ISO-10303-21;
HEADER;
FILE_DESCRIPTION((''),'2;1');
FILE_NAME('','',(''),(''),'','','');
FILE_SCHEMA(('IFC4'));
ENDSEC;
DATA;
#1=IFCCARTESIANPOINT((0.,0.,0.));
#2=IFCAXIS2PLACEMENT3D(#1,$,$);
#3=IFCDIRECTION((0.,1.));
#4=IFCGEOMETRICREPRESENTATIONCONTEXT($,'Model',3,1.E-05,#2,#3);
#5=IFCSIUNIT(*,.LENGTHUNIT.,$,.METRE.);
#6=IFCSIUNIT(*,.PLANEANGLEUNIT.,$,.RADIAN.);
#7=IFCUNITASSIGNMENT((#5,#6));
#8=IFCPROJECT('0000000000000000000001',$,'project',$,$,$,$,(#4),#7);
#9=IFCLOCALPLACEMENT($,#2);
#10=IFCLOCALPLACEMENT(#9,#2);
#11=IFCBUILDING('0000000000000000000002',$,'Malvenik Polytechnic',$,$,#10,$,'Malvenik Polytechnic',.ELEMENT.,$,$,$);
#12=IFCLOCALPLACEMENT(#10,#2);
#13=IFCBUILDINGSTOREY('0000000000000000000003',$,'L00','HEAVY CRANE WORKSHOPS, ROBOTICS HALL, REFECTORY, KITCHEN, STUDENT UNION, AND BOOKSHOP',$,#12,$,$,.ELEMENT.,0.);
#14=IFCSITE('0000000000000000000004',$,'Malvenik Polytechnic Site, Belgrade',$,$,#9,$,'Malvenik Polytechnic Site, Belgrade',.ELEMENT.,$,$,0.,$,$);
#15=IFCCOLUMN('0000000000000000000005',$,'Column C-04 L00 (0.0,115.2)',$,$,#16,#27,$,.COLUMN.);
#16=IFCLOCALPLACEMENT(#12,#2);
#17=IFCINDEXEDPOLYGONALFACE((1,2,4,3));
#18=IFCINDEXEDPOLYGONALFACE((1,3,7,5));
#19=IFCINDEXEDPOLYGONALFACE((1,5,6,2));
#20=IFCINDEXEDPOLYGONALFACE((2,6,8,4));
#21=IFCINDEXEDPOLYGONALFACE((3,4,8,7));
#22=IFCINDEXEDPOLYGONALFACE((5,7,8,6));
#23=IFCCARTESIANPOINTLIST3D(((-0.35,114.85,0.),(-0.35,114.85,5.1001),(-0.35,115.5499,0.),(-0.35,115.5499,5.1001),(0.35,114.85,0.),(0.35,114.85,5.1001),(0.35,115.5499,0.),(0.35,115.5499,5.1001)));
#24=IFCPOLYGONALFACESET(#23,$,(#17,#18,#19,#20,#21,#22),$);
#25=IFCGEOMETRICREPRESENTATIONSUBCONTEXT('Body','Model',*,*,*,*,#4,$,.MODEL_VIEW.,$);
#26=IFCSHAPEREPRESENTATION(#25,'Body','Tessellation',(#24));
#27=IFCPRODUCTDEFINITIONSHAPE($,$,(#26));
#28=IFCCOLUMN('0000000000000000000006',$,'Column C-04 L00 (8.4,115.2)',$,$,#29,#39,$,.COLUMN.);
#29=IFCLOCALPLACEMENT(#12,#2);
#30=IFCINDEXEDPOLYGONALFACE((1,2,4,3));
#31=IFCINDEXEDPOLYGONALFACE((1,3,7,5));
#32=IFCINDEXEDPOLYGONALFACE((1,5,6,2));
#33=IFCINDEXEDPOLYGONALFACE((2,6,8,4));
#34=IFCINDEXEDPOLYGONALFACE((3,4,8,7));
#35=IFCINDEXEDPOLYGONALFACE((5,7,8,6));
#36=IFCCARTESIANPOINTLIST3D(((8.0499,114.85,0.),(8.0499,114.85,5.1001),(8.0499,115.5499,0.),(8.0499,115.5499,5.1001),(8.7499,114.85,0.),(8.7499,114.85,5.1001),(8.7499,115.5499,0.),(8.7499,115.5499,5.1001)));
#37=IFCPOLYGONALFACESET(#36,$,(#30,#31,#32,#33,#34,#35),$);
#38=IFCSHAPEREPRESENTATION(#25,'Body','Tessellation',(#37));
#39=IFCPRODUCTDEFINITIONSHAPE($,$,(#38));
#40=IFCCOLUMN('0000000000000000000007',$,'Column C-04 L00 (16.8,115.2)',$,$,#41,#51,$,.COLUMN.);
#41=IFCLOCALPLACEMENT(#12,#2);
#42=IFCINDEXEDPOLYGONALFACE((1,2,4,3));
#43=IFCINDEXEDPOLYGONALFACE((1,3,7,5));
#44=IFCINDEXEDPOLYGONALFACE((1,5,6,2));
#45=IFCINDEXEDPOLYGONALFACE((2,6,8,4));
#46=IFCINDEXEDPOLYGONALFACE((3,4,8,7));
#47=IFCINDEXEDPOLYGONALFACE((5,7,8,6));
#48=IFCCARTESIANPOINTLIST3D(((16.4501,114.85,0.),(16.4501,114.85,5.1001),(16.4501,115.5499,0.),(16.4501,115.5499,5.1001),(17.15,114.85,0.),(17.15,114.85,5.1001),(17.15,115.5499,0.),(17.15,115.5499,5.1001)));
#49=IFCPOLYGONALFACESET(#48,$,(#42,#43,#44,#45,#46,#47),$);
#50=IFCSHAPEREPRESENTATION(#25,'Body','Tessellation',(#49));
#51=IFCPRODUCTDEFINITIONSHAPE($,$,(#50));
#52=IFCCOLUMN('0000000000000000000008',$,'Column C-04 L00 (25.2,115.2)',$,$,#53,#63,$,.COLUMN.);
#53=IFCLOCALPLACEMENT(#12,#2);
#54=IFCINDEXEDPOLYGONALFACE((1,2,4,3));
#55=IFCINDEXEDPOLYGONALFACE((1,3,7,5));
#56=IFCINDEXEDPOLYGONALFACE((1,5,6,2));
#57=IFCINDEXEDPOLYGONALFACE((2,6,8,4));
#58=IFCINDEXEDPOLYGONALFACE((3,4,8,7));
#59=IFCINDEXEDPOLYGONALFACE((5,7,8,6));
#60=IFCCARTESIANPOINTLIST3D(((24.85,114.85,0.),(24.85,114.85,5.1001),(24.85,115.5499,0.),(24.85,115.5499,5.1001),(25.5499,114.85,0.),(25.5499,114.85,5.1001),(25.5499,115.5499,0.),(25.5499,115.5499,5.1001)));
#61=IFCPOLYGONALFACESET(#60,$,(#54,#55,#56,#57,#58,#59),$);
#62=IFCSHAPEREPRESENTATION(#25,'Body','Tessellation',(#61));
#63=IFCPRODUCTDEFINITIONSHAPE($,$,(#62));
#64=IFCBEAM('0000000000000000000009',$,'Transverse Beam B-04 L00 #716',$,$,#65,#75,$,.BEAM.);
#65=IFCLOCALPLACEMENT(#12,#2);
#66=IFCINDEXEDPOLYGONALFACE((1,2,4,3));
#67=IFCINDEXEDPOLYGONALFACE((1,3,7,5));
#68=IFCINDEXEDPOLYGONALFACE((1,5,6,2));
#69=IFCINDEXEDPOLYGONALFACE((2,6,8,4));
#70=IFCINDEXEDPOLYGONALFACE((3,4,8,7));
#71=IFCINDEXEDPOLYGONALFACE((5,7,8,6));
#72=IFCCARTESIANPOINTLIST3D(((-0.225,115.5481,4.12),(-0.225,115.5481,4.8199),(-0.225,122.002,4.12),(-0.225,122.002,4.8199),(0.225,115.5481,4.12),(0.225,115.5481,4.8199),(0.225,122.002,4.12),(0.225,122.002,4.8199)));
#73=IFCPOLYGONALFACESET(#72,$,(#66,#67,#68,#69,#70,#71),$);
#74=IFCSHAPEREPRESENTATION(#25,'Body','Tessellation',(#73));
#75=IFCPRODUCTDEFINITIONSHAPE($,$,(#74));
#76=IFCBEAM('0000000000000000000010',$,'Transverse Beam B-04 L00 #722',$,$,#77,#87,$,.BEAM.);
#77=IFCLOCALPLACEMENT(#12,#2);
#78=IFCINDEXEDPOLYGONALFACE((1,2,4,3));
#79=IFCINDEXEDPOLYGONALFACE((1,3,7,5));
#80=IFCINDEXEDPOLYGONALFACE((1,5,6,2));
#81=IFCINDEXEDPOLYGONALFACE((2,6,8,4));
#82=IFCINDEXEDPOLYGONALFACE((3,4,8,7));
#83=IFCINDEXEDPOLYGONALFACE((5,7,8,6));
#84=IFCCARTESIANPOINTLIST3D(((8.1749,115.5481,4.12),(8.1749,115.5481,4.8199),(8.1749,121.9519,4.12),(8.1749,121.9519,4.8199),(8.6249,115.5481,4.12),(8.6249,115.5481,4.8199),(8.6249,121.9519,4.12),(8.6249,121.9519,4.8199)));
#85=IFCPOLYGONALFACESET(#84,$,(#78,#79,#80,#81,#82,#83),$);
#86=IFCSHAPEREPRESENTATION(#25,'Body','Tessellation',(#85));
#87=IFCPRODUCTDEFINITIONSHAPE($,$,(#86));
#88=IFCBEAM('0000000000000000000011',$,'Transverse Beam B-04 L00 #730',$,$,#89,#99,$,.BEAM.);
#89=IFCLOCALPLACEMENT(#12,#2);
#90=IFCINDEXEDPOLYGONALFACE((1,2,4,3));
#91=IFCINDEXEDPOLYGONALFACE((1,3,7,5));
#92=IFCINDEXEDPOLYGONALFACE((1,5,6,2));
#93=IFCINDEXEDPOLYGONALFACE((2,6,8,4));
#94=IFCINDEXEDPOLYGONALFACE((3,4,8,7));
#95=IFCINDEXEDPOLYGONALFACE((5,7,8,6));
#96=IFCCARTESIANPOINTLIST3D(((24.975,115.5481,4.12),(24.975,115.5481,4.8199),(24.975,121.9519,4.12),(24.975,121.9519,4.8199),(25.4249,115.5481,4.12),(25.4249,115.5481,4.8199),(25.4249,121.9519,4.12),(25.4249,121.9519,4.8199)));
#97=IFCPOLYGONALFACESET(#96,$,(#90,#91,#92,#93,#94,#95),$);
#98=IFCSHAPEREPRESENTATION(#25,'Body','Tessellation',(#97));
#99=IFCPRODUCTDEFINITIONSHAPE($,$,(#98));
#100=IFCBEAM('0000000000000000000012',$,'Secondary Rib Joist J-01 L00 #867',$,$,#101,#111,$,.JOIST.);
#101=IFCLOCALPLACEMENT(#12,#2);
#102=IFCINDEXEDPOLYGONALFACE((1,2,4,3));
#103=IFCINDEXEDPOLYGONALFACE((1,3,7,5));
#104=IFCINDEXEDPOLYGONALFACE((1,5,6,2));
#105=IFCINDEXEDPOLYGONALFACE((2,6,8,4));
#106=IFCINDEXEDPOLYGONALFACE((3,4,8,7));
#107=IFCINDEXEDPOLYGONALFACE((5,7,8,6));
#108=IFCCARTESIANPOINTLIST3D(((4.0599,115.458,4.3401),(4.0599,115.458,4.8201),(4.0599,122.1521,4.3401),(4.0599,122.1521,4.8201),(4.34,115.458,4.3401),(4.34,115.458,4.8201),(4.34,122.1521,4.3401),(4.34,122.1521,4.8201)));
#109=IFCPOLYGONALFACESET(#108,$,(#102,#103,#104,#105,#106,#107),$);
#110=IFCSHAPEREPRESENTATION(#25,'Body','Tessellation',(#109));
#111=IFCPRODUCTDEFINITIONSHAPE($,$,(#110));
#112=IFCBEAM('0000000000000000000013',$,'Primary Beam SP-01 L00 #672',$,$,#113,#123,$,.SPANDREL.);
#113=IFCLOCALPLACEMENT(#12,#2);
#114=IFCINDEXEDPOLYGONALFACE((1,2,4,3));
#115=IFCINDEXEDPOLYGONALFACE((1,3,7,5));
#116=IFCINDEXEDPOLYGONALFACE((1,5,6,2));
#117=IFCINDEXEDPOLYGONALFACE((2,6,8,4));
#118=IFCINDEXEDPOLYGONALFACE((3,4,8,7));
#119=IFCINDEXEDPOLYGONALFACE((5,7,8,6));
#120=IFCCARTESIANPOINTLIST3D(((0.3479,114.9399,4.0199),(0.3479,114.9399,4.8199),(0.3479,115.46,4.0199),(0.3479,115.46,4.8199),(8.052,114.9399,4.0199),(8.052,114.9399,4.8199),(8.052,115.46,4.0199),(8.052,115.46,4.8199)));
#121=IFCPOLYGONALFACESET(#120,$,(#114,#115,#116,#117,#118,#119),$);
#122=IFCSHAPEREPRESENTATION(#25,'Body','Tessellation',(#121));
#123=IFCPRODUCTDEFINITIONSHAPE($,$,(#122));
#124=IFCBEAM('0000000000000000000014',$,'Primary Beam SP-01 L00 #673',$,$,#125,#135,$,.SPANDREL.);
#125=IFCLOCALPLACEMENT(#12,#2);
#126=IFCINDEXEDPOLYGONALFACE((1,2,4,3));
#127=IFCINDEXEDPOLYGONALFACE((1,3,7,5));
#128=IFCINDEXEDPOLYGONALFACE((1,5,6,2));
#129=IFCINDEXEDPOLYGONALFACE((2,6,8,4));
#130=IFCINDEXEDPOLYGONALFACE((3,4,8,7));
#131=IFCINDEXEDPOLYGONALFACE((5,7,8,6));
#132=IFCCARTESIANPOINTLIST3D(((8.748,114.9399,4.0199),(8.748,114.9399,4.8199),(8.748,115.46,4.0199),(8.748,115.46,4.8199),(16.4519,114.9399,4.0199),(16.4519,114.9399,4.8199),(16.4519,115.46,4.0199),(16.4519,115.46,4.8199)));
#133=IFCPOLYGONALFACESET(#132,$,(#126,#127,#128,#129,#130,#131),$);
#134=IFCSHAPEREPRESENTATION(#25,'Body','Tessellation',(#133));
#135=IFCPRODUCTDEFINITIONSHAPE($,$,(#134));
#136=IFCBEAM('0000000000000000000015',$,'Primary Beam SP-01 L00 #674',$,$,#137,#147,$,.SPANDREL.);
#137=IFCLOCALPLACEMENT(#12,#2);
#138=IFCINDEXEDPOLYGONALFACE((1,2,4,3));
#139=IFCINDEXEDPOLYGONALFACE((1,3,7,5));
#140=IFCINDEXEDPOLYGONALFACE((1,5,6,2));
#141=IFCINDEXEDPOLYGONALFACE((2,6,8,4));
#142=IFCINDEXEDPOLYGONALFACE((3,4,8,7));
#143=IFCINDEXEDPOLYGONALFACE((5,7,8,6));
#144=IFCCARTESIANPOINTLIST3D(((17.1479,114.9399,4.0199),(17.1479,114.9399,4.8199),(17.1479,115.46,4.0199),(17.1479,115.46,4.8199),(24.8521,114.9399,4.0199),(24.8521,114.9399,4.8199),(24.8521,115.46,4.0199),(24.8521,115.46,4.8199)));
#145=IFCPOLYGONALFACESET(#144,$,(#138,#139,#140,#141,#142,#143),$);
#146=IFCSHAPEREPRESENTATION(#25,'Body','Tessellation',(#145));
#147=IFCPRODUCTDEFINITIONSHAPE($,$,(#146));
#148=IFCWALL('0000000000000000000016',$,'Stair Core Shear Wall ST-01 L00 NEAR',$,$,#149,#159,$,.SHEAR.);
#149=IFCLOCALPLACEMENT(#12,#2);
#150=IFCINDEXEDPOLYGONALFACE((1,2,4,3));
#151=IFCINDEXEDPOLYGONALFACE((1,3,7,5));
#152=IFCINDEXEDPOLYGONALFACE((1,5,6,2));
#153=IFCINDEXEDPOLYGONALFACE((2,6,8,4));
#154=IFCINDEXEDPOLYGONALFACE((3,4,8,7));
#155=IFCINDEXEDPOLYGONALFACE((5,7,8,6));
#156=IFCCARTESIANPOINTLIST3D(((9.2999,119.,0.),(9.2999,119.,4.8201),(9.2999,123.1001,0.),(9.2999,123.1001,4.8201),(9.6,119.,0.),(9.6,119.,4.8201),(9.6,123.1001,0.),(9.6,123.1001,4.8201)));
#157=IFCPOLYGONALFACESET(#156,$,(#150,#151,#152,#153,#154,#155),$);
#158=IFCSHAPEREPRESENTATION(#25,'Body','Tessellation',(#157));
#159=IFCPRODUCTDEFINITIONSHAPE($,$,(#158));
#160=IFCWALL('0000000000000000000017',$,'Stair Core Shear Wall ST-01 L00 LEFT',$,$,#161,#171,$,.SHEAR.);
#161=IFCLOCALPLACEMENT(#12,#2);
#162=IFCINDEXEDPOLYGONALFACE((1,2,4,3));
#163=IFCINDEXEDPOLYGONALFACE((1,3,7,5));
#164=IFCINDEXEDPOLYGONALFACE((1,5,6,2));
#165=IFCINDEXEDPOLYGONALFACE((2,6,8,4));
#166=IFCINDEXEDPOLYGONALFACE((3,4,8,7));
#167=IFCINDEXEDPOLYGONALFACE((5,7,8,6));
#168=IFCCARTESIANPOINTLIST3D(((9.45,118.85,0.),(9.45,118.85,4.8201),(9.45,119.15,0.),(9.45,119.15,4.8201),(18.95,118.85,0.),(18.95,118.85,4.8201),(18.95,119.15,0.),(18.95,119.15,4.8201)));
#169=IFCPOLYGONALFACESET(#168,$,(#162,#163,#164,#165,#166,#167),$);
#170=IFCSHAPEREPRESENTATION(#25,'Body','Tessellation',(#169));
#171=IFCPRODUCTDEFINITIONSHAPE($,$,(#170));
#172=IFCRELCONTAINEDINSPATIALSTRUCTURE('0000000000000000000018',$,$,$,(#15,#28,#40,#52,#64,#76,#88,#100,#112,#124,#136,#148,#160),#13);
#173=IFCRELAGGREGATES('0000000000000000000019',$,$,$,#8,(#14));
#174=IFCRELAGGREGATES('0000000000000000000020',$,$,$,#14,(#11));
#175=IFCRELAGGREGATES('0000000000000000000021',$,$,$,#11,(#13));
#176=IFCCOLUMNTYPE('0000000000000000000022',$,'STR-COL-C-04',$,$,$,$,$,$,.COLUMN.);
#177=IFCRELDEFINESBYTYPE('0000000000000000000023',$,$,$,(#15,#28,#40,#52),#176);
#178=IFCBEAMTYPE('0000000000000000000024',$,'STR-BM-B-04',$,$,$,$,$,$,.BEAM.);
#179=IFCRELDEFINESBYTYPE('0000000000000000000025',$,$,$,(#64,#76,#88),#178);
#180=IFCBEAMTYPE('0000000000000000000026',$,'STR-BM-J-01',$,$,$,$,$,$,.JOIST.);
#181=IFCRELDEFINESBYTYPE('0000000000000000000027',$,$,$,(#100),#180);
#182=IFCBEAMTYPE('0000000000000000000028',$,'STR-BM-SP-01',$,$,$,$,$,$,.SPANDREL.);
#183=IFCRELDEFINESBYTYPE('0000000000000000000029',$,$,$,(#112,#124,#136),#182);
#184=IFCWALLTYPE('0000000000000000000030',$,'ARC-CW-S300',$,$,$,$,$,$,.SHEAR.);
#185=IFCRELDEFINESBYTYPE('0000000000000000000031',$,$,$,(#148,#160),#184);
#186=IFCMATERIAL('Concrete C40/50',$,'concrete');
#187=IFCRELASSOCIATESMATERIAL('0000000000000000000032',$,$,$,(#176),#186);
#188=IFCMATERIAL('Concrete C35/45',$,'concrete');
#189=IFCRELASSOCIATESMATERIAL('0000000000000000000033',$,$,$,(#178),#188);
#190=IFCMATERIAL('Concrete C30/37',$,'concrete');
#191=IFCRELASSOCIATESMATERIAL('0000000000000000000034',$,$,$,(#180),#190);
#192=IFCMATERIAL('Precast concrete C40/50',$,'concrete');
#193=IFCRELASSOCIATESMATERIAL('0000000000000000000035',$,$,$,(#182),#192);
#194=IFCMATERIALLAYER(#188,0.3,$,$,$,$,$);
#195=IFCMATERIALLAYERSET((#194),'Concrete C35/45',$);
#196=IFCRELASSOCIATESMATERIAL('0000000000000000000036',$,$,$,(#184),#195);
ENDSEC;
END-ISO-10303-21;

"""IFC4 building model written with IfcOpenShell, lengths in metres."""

from ifc_helpers import new_model, si_unit, direction, frame, frame_2d, origin, origin_2d, place, context, subcontext, project, spatial, rectangle, extrude, material, layer, layer_set, material_profile, profile_set, type_object, element, save


model = new_model("IFC4")

# Units and contexts
model_context = context("Model", 3, precision=1e-05, world=origin(), true_north=direction((0.0, 1.0)))
body_context = subcontext(model_context, "Body", "Model", "MODEL_VIEW")
ifc_project = project(units=[si_unit("LENGTHUNIT", "METRE"), si_unit("PLANEANGLEUNIT", "RADIAN")], contexts=[model_context])

# Site, building, storey
site_placement = place(None, origin())
site = spatial("IfcSite", under=ifc_project, at=site_placement, Name="Malvenik Polytechnic Site, Belgrade", LongName="Malvenik Polytechnic Site, Belgrade", CompositionType="ELEMENT", RefElevation=0.0)
building_placement = place(site_placement, origin())
building = spatial("IfcBuilding", under=site, at=building_placement, Name="Malvenik Polytechnic", LongName="Malvenik Polytechnic", CompositionType="ELEMENT")
storey_placement = place(building_placement, origin())
storey = spatial("IfcBuildingStorey", under=building, at=storey_placement, Name="L00", Description="HEAVY CRANE WORKSHOPS, ROBOTICS HALL, REFECTORY, KITCHEN, STUDENT UNION, AND BOOKSHOP", CompositionType="ELEMENT", Elevation=0.0)

# Columns
ifc_material_1 = material(Name="Concrete C40/50", Category="concrete")
ifc_material_profile_1 = material_profile(ifc_material_1, rectangle(XDim=0.7, YDim=0.7, at=origin_2d()), Name="RC COL 700x700")
ifc_profile_set_1 = profile_set([ifc_material_profile_1], Name="Concrete C40/50")
column_type = type_object("IfcColumnType", Name="STR-COL-C-04", PredefinedType="COLUMN", material=ifc_profile_set_1)
for number, where, z_axis, x_axis, name in (
    (1, (0.0, 115.2, 0.0), (0.0, 0.0, 1.0), (1.0, 0.0, 0.0), "Column C-04 L00 (0.0,115.2)"),
    (2, (8.3999, 115.2, 0.0), (0.0, 0.0, 1.0), (1.0, 0.0, 0.0), "Column C-04 L00 (8.4,115.2)"),
    (3, (16.8, 115.2, 0.0), (0.0, 0.0, 1.0), (1.0, 0.0, 0.0), "Column C-04 L00 (16.8,115.2)"),
    (4, (25.2, 115.2, 0.0), (0.0, 0.0, 1.0), (1.0, 0.0, 0.0), "Column C-04 L00 (25.2,115.2)"),
):
    element("IfcColumn", number, at=place(storey_placement, frame(where, z_axis=z_axis, x_axis=x_axis)), inside=storey, type_object=column_type, Name=name, PredefinedType="COLUMN", context=body_context, shape_type="SweptSolid", body=[
        extrude(rectangle(XDim=0.7, YDim=0.7, at=origin_2d()), origin(), (0.0, 0.0, 1.0), 5.1001),
    ])

# Beams
ifc_material_2 = material(Name="Concrete C35/45", Category="concrete")
ifc_material_profile_2 = material_profile(ifc_material_2, rectangle(XDim=0.45, YDim=0.7, at=origin_2d()), Name="RC BM 450x700")
ifc_profile_set_2 = profile_set([ifc_material_profile_2], Name="Concrete C35/45")
beam_type_1 = type_object("IfcBeamType", Name="STR-BM-B-04", PredefinedType="BEAM", material=ifc_profile_set_2)
beam_1_placement = place(storey_placement, frame((0.0, 115.5481, 4.47), z_axis=(0.0, 1.0, 0.0), x_axis=(-1.0, 0.0, 0.0)))
element("IfcBeam", 5, at=beam_1_placement, inside=storey, type_object=beam_type_1, Name="Transverse Beam B-04 L00 #716", PredefinedType="BEAM", context=body_context, shape_type="SweptSolid", body=[
    extrude(rectangle(XDim=0.45, YDim=0.7, at=origin_2d()), origin(), (0.0, 0.0, 1.0), 6.4539),
])
for number, where, z_axis, x_axis, name in (
    (6, (8.3999, 115.5481, 4.47), (0.0, 1.0, 0.0), (-1.0, 0.0, 0.0), "Transverse Beam B-04 L00 #722"),
    (7, (25.2, 115.5481, 4.47), (0.0, 1.0, 0.0), (-1.0, 0.0, 0.0), "Transverse Beam B-04 L00 #730"),
):
    element("IfcBeam", number, at=place(storey_placement, frame(where, z_axis=z_axis, x_axis=x_axis)), inside=storey, type_object=beam_type_1, Name=name, PredefinedType="BEAM", context=body_context, shape_type="SweptSolid", body=[
        extrude(rectangle(XDim=0.45, YDim=0.7, at=origin_2d()), origin(), (0.0, 0.0, 1.0), 6.4038),
    ])
ifc_material_3 = material(Name="Concrete C30/37", Category="concrete")
ifc_material_profile_3 = material_profile(ifc_material_3, rectangle(XDim=0.28, YDim=0.48, at=origin_2d()), Name="RC JST 280x480")
ifc_profile_set_3 = profile_set([ifc_material_profile_3], Name="Concrete C30/37")
beam_type_2 = type_object("IfcBeamType", Name="STR-BM-J-01", PredefinedType="JOIST", material=ifc_profile_set_3)
beam_2_placement = place(storey_placement, frame((4.2, 115.458, 4.5801), z_axis=(0.0, 1.0, 0.0), x_axis=(-1.0, 0.0, 0.0)))
element("IfcBeam", 8, at=beam_2_placement, inside=storey, type_object=beam_type_2, Name="Secondary Rib Joist J-01 L00 #867", PredefinedType="JOIST", context=body_context, shape_type="SweptSolid", body=[
    extrude(rectangle(XDim=0.28, YDim=0.48, at=origin_2d()), origin(), (0.0, 0.0, 1.0), 6.6941),
])
ifc_material_4 = material(Name="Precast concrete C40/50", Category="concrete")
ifc_material_profile_4 = material_profile(ifc_material_4, rectangle(XDim=0.52, YDim=0.8, at=origin_2d()), Name="PC SPN 520x800")
ifc_profile_set_4 = profile_set([ifc_material_profile_4], Name="Precast concrete C40/50")
beam_type_3 = type_object("IfcBeamType", Name="STR-BM-SP-01", PredefinedType="SPANDREL", material=ifc_profile_set_4)
beam_3_placement = place(storey_placement, frame((0.3479, 115.2, 4.4199), z_axis=(1.0, 0.0, 0.0), x_axis=(0.0, 1.0, 0.0)))
element("IfcBeam", 9, at=beam_3_placement, inside=storey, type_object=beam_type_3, Name="Primary Beam SP-01 L00 #672", PredefinedType="SPANDREL", context=body_context, shape_type="SweptSolid", body=[
    extrude(rectangle(XDim=0.52, YDim=0.8, at=origin_2d()), origin(), (0.0, 0.0, 1.0), 7.7041),
])
beam_4_placement = place(storey_placement, frame((8.748, 115.2, 4.4199), z_axis=(1.0, 0.0, 0.0), x_axis=(0.0, 1.0, 0.0)))
element("IfcBeam", 10, at=beam_4_placement, inside=storey, type_object=beam_type_3, Name="Primary Beam SP-01 L00 #673", PredefinedType="SPANDREL", context=body_context, shape_type="SweptSolid", body=[
    extrude(rectangle(XDim=0.52, YDim=0.8, at=origin_2d()), origin(), (0.0, 0.0, 1.0), 7.7039),
])
beam_5_placement = place(storey_placement, frame((17.1479, 115.2, 4.4199), z_axis=(1.0, 0.0, 0.0), x_axis=(0.0, 1.0, 0.0)))
element("IfcBeam", 11, at=beam_5_placement, inside=storey, type_object=beam_type_3, Name="Primary Beam SP-01 L00 #674", PredefinedType="SPANDREL", context=body_context, shape_type="SweptSolid", body=[
    extrude(rectangle(XDim=0.52, YDim=0.8, at=origin_2d()), origin(), (0.0, 0.0, 1.0), 7.7041),
])

# Walls
ifc_layer_1 = layer(ifc_material_2, 0.3)
ifc_layer_set_1 = layer_set([ifc_layer_1], Name="Concrete C35/45")
wall_type_1 = type_object("IfcWallType", Name="ARC-CW-S300", PredefinedType="SHEAR", material=ifc_layer_set_1)
wall_1_placement = place(storey_placement, frame((9.45, 119.0, 0.0), z_axis=(0.0, 0.0, 1.0), x_axis=(0.0, 1.0, 0.0)))
element("IfcWall", 12, at=wall_1_placement, inside=storey, type_object=wall_type_1, Name="Stair Core Shear Wall ST-01 L00 NEAR", PredefinedType="SHEAR", context=body_context, shape_type="SweptSolid", body=[
    extrude(rectangle(XDim=4.1001, YDim=0.3, at=frame_2d((2.05, 0.0))), origin(), (0.0, 0.0, 1.0), 4.8201),
])
wall_2_placement = place(storey_placement, frame((18.95, 119.0, 0.0), z_axis=(0.0, 0.0, 1.0), x_axis=(-1.0, 0.0, 0.0)))
element("IfcWall", 13, at=wall_2_placement, inside=storey, type_object=wall_type_1, Name="Stair Core Shear Wall ST-01 L00 LEFT", PredefinedType="SHEAR", context=body_context, shape_type="SweptSolid", body=[
    extrude(rectangle(XDim=9.5, YDim=0.3, at=frame_2d((4.75, 0.0))), origin(), (0.0, 0.0, 1.0), 4.8201),
])

save(model, "model.ifc")
